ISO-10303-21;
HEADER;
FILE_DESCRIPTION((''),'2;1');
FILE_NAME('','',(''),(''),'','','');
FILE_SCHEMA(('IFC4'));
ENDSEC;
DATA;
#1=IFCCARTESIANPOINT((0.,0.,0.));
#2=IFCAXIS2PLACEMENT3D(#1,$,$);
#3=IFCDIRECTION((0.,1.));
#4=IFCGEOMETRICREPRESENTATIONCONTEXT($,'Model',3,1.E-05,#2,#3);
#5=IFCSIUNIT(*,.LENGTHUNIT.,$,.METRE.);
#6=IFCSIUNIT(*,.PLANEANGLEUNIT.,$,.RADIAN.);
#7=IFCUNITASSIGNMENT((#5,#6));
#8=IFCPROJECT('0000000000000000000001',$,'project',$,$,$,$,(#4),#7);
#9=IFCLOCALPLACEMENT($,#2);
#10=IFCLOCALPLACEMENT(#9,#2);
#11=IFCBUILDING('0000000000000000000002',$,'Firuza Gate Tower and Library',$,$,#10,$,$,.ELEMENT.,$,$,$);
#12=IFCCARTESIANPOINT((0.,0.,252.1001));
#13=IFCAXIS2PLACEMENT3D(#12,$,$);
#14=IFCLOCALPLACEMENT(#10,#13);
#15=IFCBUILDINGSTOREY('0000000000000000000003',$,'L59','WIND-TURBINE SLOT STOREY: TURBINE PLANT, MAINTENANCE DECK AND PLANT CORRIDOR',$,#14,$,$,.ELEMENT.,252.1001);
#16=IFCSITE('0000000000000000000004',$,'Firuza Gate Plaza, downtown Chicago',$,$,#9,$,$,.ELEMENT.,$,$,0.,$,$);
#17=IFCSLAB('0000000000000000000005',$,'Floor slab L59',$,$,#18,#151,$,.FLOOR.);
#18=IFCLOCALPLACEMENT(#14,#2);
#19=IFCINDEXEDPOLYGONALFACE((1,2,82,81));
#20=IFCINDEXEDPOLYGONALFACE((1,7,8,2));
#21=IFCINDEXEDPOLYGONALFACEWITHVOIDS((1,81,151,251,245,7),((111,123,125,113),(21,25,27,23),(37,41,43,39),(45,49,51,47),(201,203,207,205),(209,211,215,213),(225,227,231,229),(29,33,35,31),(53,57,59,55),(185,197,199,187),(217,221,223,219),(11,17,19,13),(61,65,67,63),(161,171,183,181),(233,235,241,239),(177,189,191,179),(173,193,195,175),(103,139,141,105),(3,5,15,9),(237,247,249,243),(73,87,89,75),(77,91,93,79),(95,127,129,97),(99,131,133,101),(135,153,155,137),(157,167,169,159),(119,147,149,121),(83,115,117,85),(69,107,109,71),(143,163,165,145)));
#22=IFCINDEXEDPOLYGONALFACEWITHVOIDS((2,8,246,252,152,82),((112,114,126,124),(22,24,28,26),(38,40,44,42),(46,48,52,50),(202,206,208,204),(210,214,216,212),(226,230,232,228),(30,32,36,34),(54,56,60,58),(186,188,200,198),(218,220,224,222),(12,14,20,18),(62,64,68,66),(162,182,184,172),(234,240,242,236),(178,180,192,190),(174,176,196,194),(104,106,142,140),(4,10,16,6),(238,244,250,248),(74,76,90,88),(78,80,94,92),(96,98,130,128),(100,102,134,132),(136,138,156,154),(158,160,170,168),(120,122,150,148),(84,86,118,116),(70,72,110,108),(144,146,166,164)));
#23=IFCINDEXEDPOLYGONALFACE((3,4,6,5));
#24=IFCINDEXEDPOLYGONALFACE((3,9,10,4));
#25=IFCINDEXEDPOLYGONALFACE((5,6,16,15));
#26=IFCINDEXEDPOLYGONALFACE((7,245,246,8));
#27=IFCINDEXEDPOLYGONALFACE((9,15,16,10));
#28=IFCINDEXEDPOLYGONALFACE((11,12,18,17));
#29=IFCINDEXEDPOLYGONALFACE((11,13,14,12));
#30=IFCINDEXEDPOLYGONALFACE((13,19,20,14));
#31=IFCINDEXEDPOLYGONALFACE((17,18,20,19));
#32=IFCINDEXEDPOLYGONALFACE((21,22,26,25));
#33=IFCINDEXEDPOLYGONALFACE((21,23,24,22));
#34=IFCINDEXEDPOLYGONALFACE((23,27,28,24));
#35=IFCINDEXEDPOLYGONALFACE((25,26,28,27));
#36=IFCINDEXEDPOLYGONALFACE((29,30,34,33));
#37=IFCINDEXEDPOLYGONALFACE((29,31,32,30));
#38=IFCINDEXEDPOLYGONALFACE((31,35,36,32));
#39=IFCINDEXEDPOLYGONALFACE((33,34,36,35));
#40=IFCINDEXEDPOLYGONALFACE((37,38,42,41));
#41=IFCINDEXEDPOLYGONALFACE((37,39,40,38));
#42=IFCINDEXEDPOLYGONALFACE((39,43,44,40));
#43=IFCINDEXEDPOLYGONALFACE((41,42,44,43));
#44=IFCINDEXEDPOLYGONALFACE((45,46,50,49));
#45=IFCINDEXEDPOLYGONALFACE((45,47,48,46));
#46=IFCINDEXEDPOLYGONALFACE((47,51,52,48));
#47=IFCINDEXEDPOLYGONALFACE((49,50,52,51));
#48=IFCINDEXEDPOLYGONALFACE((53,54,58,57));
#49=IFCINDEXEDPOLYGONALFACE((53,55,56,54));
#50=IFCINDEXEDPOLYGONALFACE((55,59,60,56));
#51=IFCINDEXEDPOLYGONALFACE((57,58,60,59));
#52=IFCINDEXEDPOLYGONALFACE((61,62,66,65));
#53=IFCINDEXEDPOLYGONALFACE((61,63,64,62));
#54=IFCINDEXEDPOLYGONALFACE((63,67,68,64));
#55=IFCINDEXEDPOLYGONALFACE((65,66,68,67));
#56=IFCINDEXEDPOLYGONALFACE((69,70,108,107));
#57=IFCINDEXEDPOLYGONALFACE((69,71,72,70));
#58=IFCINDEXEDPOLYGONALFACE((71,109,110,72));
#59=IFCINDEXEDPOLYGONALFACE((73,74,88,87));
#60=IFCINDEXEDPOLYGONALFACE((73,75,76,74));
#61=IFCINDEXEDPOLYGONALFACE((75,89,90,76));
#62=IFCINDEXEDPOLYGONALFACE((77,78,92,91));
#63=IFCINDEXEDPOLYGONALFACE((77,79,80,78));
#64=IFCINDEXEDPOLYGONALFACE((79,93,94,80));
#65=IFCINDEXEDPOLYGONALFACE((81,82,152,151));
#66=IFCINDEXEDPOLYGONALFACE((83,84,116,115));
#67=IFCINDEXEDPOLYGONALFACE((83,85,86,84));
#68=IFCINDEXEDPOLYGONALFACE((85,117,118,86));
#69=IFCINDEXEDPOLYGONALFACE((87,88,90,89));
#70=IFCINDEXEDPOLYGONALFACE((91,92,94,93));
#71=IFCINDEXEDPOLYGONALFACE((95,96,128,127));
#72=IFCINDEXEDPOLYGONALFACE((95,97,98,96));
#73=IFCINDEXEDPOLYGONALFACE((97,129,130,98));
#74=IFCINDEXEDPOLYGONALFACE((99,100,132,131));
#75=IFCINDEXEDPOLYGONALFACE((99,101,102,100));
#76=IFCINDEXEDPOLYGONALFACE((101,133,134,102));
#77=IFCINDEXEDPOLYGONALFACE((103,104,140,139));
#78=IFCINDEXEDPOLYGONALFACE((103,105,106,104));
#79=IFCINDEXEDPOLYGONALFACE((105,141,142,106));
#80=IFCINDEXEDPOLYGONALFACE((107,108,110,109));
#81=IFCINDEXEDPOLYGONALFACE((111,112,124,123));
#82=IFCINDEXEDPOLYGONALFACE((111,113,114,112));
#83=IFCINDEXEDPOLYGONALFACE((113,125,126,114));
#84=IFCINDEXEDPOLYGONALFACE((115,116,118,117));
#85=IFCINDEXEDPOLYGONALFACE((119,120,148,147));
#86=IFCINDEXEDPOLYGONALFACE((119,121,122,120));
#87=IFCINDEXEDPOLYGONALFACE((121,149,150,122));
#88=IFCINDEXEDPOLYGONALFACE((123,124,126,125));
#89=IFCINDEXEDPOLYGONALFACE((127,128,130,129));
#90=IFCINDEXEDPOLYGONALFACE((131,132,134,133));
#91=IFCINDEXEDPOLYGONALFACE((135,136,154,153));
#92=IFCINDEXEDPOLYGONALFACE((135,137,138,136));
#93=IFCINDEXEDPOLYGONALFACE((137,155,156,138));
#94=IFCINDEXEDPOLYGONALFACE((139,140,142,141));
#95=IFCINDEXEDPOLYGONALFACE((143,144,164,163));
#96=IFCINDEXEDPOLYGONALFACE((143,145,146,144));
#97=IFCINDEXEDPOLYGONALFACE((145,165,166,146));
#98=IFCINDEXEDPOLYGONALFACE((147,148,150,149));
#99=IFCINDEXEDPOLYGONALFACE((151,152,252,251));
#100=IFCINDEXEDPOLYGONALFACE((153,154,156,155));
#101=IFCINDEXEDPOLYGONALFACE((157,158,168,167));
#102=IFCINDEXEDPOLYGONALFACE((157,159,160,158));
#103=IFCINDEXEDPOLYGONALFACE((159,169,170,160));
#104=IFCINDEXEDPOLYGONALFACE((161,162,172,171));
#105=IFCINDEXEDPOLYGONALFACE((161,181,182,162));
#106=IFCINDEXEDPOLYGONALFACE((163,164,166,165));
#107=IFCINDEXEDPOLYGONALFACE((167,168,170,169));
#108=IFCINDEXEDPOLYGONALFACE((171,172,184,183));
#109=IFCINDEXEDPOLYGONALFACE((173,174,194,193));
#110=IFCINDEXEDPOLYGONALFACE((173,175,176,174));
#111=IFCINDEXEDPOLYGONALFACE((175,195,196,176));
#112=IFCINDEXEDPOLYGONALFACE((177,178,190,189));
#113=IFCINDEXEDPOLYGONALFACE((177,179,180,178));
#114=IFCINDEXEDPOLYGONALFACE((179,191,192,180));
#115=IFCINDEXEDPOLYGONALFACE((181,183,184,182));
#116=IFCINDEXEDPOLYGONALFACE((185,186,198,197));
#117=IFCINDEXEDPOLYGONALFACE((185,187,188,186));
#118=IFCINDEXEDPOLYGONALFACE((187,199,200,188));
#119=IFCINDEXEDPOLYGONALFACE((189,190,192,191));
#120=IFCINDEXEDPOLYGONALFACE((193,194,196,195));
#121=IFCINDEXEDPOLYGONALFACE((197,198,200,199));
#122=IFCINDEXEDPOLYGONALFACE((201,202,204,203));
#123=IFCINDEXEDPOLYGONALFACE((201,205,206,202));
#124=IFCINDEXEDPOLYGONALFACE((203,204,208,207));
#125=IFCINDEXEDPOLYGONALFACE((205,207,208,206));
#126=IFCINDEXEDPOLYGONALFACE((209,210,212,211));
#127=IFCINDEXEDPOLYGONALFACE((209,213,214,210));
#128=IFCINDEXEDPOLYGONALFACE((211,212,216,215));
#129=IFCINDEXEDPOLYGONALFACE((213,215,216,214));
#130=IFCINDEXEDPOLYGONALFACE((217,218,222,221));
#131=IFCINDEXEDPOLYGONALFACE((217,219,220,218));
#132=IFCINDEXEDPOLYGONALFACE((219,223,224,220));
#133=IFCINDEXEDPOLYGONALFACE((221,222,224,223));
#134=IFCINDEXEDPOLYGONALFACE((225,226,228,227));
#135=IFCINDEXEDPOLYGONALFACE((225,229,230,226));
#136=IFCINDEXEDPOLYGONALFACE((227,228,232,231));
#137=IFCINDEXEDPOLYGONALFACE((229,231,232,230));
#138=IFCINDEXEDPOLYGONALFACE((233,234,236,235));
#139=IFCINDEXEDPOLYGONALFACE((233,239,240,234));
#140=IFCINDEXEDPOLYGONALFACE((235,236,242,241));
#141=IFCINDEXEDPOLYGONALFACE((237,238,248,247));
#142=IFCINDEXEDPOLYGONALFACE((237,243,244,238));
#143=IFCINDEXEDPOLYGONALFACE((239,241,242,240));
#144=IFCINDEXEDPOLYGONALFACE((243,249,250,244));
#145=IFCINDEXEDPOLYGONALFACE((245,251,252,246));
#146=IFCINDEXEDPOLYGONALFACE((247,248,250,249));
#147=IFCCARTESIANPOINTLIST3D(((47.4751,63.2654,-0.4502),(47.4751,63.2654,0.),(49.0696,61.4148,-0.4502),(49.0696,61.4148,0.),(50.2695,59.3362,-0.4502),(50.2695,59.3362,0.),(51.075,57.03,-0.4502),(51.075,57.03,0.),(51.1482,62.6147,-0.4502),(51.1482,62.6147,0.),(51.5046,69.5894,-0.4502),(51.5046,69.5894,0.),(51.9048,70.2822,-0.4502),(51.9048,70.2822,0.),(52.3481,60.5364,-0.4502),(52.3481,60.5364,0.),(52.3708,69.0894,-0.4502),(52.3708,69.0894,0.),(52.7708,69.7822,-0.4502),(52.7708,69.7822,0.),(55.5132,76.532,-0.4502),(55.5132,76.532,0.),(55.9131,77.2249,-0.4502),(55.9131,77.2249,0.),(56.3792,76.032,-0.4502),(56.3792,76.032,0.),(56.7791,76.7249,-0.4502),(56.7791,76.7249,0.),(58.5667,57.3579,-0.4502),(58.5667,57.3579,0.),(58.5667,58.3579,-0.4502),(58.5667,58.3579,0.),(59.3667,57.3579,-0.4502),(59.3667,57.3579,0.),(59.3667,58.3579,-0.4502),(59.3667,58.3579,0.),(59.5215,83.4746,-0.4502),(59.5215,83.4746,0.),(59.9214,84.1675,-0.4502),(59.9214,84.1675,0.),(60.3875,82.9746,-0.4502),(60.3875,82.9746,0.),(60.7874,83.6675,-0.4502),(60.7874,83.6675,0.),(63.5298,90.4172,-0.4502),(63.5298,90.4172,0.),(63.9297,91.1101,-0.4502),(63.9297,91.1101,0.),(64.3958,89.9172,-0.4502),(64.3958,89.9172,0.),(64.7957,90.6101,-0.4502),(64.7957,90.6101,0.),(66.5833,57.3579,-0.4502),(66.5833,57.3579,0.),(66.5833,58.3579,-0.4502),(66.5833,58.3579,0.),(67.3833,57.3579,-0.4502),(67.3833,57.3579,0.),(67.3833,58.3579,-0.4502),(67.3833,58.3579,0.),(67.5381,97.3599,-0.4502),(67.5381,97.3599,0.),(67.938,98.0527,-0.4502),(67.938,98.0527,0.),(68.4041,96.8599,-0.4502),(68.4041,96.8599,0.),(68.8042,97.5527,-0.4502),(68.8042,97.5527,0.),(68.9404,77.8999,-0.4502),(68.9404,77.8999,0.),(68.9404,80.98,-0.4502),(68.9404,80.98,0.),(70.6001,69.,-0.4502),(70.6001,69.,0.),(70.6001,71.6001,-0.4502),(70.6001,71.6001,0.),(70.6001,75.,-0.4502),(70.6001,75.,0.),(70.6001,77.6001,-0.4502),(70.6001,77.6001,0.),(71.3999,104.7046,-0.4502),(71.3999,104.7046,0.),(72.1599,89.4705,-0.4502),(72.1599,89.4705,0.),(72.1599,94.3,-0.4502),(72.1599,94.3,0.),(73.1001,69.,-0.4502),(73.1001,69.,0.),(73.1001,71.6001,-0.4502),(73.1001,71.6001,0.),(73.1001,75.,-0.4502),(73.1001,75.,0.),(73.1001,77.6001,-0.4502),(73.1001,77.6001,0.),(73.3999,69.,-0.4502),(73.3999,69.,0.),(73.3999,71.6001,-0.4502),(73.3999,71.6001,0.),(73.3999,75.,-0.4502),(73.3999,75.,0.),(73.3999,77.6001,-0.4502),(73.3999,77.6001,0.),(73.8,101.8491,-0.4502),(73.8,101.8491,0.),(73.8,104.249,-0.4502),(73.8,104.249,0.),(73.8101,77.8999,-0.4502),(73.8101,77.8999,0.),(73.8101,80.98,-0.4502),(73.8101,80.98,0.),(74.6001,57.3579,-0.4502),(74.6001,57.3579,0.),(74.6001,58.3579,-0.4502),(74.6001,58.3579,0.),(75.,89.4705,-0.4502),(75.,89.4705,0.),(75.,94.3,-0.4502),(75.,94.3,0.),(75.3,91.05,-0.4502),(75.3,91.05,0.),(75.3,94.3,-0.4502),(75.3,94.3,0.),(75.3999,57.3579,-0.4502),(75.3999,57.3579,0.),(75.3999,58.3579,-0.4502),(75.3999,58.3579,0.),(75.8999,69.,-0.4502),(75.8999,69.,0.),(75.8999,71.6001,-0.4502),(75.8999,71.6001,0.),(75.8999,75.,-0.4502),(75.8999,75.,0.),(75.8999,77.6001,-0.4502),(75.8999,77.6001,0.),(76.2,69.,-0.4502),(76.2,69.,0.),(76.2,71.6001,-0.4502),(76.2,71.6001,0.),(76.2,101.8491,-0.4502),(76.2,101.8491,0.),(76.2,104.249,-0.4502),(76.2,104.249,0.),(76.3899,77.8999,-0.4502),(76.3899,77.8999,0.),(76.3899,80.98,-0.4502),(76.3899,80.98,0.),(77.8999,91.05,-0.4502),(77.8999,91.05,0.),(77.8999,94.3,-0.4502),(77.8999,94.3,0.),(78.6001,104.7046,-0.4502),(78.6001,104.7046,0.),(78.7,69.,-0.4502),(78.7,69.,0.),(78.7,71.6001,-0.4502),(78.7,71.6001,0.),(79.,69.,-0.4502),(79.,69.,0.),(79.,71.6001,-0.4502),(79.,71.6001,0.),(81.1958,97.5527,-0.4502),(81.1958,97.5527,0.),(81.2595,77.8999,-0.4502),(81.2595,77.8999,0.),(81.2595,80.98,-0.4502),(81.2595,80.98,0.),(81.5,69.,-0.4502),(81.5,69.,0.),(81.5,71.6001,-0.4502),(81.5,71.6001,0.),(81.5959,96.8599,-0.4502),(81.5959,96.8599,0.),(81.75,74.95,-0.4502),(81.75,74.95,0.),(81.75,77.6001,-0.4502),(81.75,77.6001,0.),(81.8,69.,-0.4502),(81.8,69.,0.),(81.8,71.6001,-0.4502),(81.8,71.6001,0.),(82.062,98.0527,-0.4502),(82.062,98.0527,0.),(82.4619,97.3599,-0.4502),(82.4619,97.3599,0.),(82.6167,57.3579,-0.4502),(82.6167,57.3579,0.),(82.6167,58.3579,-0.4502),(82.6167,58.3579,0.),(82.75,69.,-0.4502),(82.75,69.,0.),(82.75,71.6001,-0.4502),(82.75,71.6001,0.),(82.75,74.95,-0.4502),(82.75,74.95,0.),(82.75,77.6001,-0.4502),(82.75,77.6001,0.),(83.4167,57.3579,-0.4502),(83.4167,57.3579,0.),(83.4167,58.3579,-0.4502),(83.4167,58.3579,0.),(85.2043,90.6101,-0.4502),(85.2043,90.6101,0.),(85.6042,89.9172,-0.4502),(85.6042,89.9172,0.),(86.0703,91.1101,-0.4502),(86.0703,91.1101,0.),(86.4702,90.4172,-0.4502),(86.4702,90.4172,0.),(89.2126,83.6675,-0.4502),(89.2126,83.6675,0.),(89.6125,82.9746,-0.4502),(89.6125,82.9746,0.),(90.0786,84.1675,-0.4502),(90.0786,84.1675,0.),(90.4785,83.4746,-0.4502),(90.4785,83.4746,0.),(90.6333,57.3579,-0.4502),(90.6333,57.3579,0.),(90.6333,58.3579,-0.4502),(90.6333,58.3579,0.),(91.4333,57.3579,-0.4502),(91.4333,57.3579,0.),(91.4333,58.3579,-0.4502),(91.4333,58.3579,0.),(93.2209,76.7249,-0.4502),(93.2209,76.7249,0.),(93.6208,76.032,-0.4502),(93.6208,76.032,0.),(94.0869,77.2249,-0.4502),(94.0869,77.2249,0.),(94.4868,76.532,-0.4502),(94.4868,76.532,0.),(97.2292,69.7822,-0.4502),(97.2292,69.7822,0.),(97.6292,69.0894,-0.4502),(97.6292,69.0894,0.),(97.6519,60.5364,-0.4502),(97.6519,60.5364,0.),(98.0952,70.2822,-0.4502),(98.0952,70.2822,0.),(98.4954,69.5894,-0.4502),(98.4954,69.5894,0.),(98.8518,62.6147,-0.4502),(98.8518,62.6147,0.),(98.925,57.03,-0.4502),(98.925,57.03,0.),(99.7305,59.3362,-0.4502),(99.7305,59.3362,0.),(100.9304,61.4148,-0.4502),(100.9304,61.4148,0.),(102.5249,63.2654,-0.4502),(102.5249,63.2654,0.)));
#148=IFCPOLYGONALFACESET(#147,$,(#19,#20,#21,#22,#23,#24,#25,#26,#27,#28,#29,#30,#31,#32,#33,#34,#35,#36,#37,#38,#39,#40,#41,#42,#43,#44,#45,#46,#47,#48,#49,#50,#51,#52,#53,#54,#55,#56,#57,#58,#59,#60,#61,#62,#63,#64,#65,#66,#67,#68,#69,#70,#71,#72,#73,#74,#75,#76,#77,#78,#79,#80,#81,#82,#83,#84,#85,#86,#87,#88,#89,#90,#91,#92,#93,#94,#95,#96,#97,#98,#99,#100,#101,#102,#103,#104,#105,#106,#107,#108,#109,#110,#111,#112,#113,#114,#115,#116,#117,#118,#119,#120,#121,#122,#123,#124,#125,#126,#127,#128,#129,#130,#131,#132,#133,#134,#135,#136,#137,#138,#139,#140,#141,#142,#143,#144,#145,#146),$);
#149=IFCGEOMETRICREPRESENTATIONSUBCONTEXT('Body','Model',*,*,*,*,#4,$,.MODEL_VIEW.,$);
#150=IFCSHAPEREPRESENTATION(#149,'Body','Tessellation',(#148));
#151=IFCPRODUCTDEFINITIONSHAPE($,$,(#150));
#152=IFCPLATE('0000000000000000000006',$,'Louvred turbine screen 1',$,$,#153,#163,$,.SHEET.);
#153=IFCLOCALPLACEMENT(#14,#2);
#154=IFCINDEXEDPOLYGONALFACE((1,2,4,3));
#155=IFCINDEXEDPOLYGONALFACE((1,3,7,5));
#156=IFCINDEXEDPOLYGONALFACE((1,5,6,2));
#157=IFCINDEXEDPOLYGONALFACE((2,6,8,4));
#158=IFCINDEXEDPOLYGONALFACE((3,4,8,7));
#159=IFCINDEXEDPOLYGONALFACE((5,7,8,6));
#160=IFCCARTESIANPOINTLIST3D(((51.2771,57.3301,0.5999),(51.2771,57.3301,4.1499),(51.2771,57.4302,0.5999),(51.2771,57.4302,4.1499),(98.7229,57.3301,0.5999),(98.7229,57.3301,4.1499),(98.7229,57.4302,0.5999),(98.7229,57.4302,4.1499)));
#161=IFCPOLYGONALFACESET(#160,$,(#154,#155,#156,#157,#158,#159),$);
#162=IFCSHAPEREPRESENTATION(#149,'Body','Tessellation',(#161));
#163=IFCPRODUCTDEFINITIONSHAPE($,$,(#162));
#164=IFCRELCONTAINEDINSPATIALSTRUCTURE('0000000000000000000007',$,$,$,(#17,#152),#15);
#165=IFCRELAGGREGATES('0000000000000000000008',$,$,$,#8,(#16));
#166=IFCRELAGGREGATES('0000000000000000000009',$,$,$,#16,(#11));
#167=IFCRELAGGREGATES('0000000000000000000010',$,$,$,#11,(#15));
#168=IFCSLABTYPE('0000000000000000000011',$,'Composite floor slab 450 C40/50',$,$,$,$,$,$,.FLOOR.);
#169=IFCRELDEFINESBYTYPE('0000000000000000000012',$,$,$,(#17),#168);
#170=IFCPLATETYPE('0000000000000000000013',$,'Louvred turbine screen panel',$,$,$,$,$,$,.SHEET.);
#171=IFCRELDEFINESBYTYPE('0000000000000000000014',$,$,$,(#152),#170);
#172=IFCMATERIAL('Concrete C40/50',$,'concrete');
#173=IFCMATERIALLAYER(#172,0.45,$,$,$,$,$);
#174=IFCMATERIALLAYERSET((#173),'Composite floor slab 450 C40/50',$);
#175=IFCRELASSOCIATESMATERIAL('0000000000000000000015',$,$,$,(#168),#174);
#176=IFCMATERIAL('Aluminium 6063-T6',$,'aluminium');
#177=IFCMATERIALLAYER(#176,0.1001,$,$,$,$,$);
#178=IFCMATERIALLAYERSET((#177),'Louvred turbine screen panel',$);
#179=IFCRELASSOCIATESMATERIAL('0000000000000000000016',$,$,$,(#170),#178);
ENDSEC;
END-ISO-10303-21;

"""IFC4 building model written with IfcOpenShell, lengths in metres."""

from ifc_helpers import new_model, si_unit, direction, frame, origin, place, context, subcontext, project, spatial, polyline, outline, extrude, material, layer, layer_set, type_object, element, save


model = new_model("IFC4")

# Units and contexts
model_context = context("Model", 3, precision=1e-05, world=origin(), true_north=direction((0.0, 1.0)))
body_context = subcontext(model_context, "Body", "Model", "MODEL_VIEW")
ifc_project = project(units=[si_unit("LENGTHUNIT", "METRE"), si_unit("PLANEANGLEUNIT", "RADIAN")], contexts=[model_context])

# Site, building, storey
site_placement = place(None, origin())
site = spatial("IfcSite", under=ifc_project, at=site_placement, Name="Firuza Gate Plaza, downtown Chicago", CompositionType="ELEMENT", RefElevation=0.0)
building_placement = place(site_placement, origin())
building = spatial("IfcBuilding", under=site, at=building_placement, Name="Firuza Gate Tower and Library", CompositionType="ELEMENT")
storey_placement = place(building_placement, frame((0.0, 0.0, 252.1001)))
storey = spatial("IfcBuildingStorey", under=building, at=storey_placement, Name="L59", Description="WIND-TURBINE SLOT STOREY: TURBINE PLANT, MAINTENANCE DECK AND PLANT CORRIDOR", CompositionType="ELEMENT", Elevation=252.1001)

# Slab
ifc_material_1 = material(Name="Concrete C40/50", Category="concrete")
ifc_layer_1 = layer(ifc_material_1, 0.45)
ifc_layer_set_1 = layer_set([ifc_layer_1], Name="Composite floor slab 450 C40/50")
slab_type_1 = type_object("IfcSlabType", Name="Composite floor slab 450 C40/50", PredefinedType="FLOOR", material=ifc_layer_set_1)
slab_1_placement = place(storey_placement, frame((0.0, 0.0, -0.4502)))
element("IfcSlab", 1, at=slab_1_placement, inside=storey, type_object=slab_type_1, Name="Floor slab L59", PredefinedType="FLOOR", context=body_context, shape_type="SweptSolid", body=[
    extrude(outline(polyline([(47.4751, 63.2654), (51.075, 57.03), (98.925, 57.03), (102.5249, 63.2654), (78.6001, 104.7046), (71.3999, 104.7046), (47.4751, 63.2654)]), holes=[polyline([(59.3667, 57.3579), (58.5667, 57.3579), (58.5667, 58.3579), (59.3667, 58.3579), (59.3667, 57.3579)]), polyline([(66.5833, 57.3579), (66.5833, 58.3579), (67.3833, 58.3579), (67.3833, 57.3579), (66.5833, 57.3579)]), polyline([(49.0696, 61.4148), (51.1482, 62.6147), (52.3481, 60.5364), (50.2695, 59.3362), (49.0696, 61.4148)]), polyline([(51.9048, 70.2822), (52.7708, 69.7822), (52.3708, 69.0894), (51.5046, 69.5894), (51.9048, 70.2822)]), polyline([(73.1001, 69.0), (70.6001, 69.0), (70.6001, 71.6001), (73.1001, 71.6001), (73.1001, 69.0)]), polyline([(75.8999, 69.0), (73.3999, 69.0), (73.3999, 71.6001), (75.8999, 71.6001), (75.8999, 69.0)]), polyline([(73.1001, 75.0), (70.6001, 75.0), (70.6001, 77.6001), (73.1001, 77.6001), (73.1001, 75.0)]), polyline([(75.8999, 75.0), (73.3999, 75.0), (73.3999, 77.6001), (75.8999, 77.6001), (75.8999, 75.0)]), polyline([(55.9131, 77.2249), (56.7791, 76.7249), (56.3792, 76.032), (55.5132, 76.532), (55.9131, 77.2249)]), polyline([(68.9404, 77.8999), (68.9404, 80.98), (73.8101, 80.98), (73.8101, 77.8999), (68.9404, 77.8999)]), polyline([(59.9214, 84.1675), (60.7874, 83.6675), (60.3875, 82.9746), (59.5215, 83.4746), (59.9214, 84.1675)]), polyline([(63.9297, 91.1101), (64.7957, 90.6101), (64.3958, 89.9172), (63.5298, 90.4172), (63.9297, 91.1101)]), polyline([(72.1599, 89.4705), (72.1599, 94.3), (75.0, 94.3), (75.0, 89.4705), (72.1599, 89.4705)]), polyline([(67.938, 98.0527), (68.8042, 97.5527), (68.4041, 96.8599), (67.5381, 97.3599), (67.938, 98.0527)]), polyline([(76.2, 104.249), (76.2, 101.8491), (73.8, 101.8491), (73.8, 104.249), (76.2, 104.249)]), polyline([(75.3999, 57.3579), (74.6001, 57.3579), (74.6001, 58.3579), (75.3999, 58.3579), (75.3999, 57.3579)]), polyline([(82.6167, 57.3579), (82.6167, 58.3579), (83.4167, 58.3579), (83.4167, 57.3579), (82.6167, 57.3579)]), polyline([(90.6333, 57.3579), (90.6333, 58.3579), (91.4333, 58.3579), (91.4333, 57.3579), (90.6333, 57.3579)]), polyline([(99.7305, 59.3362), (97.6519, 60.5364), (98.8518, 62.6147), (100.9304, 61.4148), (99.7305, 59.3362)]), polyline([(98.4954, 69.5894), (97.6292, 69.0894), (97.2292, 69.7822), (98.0952, 70.2822), (98.4954, 69.5894)]), polyline([(78.7, 69.0), (76.2, 69.0), (76.2, 71.6001), (78.7, 71.6001), (78.7, 69.0)]), polyline([(81.5, 69.0), (79.0, 69.0), (79.0, 71.6001), (81.5, 71.6001), (81.5, 69.0)]), polyline([(82.75, 69.0), (81.8, 69.0), (81.8, 71.6001), (82.75, 71.6001), (82.75, 69.0)]), polyline([(82.75, 74.95), (81.75, 74.95), (81.75, 77.6001), (82.75, 77.6001), (82.75, 74.95)]), polyline([(94.4868, 76.532), (93.6208, 76.032), (93.2209, 76.7249), (94.0869, 77.2249), (94.4868, 76.532)]), polyline([(81.2595, 80.98), (81.2595, 77.8999), (76.3899, 77.8999), (76.3899, 80.98), (81.2595, 80.98)]), polyline([(90.4785, 83.4746), (89.6125, 82.9746), (89.2126, 83.6675), (90.0786, 84.1675), (90.4785, 83.4746)]), polyline([(86.4702, 90.4172), (85.6042, 89.9172), (85.2043, 90.6101), (86.0703, 91.1101), (86.4702, 90.4172)]), polyline([(77.8999, 91.05), (75.3, 91.05), (75.3, 94.3), (77.8999, 94.3), (77.8999, 91.05)]), polyline([(82.4619, 97.3599), (81.5959, 96.8599), (81.1958, 97.5527), (82.062, 98.0527), (82.4619, 97.3599)])]), origin(), (0.0, 0.0, 1.0), 0.4502),
])

# Plate
ifc_material_2 = material(Name="Aluminium 6063-T6", Category="aluminium")
ifc_layer_2 = layer(ifc_material_2, 0.1001)
ifc_layer_set_2 = layer_set([ifc_layer_2], Name="Louvred turbine screen panel")
plate_type_1 = type_object("IfcPlateType", Name="Louvred turbine screen panel", PredefinedType="SHEET", material=ifc_layer_set_2)
plate_placement = place(storey_placement, frame((51.2771, 57.3301, 0.5999), z_axis=(0.0, -1.0, 0.0), x_axis=(1.0, 0.0, 0.0)))
element("IfcPlate", 2, at=plate_placement, inside=storey, type_object=plate_type_1, Name="Louvred turbine screen 1", PredefinedType="SHEET", context=body_context, shape_type="SweptSolid", body=[
    extrude(outline(polyline([(0.0, 0.0), (47.4458, 0.0), (47.4458, 3.55), (0.0, 3.55), (0.0, 0.0)])), origin(), (0.0, 0.0, -1.0), 0.1001),
])

save(model, "model.ifc")
